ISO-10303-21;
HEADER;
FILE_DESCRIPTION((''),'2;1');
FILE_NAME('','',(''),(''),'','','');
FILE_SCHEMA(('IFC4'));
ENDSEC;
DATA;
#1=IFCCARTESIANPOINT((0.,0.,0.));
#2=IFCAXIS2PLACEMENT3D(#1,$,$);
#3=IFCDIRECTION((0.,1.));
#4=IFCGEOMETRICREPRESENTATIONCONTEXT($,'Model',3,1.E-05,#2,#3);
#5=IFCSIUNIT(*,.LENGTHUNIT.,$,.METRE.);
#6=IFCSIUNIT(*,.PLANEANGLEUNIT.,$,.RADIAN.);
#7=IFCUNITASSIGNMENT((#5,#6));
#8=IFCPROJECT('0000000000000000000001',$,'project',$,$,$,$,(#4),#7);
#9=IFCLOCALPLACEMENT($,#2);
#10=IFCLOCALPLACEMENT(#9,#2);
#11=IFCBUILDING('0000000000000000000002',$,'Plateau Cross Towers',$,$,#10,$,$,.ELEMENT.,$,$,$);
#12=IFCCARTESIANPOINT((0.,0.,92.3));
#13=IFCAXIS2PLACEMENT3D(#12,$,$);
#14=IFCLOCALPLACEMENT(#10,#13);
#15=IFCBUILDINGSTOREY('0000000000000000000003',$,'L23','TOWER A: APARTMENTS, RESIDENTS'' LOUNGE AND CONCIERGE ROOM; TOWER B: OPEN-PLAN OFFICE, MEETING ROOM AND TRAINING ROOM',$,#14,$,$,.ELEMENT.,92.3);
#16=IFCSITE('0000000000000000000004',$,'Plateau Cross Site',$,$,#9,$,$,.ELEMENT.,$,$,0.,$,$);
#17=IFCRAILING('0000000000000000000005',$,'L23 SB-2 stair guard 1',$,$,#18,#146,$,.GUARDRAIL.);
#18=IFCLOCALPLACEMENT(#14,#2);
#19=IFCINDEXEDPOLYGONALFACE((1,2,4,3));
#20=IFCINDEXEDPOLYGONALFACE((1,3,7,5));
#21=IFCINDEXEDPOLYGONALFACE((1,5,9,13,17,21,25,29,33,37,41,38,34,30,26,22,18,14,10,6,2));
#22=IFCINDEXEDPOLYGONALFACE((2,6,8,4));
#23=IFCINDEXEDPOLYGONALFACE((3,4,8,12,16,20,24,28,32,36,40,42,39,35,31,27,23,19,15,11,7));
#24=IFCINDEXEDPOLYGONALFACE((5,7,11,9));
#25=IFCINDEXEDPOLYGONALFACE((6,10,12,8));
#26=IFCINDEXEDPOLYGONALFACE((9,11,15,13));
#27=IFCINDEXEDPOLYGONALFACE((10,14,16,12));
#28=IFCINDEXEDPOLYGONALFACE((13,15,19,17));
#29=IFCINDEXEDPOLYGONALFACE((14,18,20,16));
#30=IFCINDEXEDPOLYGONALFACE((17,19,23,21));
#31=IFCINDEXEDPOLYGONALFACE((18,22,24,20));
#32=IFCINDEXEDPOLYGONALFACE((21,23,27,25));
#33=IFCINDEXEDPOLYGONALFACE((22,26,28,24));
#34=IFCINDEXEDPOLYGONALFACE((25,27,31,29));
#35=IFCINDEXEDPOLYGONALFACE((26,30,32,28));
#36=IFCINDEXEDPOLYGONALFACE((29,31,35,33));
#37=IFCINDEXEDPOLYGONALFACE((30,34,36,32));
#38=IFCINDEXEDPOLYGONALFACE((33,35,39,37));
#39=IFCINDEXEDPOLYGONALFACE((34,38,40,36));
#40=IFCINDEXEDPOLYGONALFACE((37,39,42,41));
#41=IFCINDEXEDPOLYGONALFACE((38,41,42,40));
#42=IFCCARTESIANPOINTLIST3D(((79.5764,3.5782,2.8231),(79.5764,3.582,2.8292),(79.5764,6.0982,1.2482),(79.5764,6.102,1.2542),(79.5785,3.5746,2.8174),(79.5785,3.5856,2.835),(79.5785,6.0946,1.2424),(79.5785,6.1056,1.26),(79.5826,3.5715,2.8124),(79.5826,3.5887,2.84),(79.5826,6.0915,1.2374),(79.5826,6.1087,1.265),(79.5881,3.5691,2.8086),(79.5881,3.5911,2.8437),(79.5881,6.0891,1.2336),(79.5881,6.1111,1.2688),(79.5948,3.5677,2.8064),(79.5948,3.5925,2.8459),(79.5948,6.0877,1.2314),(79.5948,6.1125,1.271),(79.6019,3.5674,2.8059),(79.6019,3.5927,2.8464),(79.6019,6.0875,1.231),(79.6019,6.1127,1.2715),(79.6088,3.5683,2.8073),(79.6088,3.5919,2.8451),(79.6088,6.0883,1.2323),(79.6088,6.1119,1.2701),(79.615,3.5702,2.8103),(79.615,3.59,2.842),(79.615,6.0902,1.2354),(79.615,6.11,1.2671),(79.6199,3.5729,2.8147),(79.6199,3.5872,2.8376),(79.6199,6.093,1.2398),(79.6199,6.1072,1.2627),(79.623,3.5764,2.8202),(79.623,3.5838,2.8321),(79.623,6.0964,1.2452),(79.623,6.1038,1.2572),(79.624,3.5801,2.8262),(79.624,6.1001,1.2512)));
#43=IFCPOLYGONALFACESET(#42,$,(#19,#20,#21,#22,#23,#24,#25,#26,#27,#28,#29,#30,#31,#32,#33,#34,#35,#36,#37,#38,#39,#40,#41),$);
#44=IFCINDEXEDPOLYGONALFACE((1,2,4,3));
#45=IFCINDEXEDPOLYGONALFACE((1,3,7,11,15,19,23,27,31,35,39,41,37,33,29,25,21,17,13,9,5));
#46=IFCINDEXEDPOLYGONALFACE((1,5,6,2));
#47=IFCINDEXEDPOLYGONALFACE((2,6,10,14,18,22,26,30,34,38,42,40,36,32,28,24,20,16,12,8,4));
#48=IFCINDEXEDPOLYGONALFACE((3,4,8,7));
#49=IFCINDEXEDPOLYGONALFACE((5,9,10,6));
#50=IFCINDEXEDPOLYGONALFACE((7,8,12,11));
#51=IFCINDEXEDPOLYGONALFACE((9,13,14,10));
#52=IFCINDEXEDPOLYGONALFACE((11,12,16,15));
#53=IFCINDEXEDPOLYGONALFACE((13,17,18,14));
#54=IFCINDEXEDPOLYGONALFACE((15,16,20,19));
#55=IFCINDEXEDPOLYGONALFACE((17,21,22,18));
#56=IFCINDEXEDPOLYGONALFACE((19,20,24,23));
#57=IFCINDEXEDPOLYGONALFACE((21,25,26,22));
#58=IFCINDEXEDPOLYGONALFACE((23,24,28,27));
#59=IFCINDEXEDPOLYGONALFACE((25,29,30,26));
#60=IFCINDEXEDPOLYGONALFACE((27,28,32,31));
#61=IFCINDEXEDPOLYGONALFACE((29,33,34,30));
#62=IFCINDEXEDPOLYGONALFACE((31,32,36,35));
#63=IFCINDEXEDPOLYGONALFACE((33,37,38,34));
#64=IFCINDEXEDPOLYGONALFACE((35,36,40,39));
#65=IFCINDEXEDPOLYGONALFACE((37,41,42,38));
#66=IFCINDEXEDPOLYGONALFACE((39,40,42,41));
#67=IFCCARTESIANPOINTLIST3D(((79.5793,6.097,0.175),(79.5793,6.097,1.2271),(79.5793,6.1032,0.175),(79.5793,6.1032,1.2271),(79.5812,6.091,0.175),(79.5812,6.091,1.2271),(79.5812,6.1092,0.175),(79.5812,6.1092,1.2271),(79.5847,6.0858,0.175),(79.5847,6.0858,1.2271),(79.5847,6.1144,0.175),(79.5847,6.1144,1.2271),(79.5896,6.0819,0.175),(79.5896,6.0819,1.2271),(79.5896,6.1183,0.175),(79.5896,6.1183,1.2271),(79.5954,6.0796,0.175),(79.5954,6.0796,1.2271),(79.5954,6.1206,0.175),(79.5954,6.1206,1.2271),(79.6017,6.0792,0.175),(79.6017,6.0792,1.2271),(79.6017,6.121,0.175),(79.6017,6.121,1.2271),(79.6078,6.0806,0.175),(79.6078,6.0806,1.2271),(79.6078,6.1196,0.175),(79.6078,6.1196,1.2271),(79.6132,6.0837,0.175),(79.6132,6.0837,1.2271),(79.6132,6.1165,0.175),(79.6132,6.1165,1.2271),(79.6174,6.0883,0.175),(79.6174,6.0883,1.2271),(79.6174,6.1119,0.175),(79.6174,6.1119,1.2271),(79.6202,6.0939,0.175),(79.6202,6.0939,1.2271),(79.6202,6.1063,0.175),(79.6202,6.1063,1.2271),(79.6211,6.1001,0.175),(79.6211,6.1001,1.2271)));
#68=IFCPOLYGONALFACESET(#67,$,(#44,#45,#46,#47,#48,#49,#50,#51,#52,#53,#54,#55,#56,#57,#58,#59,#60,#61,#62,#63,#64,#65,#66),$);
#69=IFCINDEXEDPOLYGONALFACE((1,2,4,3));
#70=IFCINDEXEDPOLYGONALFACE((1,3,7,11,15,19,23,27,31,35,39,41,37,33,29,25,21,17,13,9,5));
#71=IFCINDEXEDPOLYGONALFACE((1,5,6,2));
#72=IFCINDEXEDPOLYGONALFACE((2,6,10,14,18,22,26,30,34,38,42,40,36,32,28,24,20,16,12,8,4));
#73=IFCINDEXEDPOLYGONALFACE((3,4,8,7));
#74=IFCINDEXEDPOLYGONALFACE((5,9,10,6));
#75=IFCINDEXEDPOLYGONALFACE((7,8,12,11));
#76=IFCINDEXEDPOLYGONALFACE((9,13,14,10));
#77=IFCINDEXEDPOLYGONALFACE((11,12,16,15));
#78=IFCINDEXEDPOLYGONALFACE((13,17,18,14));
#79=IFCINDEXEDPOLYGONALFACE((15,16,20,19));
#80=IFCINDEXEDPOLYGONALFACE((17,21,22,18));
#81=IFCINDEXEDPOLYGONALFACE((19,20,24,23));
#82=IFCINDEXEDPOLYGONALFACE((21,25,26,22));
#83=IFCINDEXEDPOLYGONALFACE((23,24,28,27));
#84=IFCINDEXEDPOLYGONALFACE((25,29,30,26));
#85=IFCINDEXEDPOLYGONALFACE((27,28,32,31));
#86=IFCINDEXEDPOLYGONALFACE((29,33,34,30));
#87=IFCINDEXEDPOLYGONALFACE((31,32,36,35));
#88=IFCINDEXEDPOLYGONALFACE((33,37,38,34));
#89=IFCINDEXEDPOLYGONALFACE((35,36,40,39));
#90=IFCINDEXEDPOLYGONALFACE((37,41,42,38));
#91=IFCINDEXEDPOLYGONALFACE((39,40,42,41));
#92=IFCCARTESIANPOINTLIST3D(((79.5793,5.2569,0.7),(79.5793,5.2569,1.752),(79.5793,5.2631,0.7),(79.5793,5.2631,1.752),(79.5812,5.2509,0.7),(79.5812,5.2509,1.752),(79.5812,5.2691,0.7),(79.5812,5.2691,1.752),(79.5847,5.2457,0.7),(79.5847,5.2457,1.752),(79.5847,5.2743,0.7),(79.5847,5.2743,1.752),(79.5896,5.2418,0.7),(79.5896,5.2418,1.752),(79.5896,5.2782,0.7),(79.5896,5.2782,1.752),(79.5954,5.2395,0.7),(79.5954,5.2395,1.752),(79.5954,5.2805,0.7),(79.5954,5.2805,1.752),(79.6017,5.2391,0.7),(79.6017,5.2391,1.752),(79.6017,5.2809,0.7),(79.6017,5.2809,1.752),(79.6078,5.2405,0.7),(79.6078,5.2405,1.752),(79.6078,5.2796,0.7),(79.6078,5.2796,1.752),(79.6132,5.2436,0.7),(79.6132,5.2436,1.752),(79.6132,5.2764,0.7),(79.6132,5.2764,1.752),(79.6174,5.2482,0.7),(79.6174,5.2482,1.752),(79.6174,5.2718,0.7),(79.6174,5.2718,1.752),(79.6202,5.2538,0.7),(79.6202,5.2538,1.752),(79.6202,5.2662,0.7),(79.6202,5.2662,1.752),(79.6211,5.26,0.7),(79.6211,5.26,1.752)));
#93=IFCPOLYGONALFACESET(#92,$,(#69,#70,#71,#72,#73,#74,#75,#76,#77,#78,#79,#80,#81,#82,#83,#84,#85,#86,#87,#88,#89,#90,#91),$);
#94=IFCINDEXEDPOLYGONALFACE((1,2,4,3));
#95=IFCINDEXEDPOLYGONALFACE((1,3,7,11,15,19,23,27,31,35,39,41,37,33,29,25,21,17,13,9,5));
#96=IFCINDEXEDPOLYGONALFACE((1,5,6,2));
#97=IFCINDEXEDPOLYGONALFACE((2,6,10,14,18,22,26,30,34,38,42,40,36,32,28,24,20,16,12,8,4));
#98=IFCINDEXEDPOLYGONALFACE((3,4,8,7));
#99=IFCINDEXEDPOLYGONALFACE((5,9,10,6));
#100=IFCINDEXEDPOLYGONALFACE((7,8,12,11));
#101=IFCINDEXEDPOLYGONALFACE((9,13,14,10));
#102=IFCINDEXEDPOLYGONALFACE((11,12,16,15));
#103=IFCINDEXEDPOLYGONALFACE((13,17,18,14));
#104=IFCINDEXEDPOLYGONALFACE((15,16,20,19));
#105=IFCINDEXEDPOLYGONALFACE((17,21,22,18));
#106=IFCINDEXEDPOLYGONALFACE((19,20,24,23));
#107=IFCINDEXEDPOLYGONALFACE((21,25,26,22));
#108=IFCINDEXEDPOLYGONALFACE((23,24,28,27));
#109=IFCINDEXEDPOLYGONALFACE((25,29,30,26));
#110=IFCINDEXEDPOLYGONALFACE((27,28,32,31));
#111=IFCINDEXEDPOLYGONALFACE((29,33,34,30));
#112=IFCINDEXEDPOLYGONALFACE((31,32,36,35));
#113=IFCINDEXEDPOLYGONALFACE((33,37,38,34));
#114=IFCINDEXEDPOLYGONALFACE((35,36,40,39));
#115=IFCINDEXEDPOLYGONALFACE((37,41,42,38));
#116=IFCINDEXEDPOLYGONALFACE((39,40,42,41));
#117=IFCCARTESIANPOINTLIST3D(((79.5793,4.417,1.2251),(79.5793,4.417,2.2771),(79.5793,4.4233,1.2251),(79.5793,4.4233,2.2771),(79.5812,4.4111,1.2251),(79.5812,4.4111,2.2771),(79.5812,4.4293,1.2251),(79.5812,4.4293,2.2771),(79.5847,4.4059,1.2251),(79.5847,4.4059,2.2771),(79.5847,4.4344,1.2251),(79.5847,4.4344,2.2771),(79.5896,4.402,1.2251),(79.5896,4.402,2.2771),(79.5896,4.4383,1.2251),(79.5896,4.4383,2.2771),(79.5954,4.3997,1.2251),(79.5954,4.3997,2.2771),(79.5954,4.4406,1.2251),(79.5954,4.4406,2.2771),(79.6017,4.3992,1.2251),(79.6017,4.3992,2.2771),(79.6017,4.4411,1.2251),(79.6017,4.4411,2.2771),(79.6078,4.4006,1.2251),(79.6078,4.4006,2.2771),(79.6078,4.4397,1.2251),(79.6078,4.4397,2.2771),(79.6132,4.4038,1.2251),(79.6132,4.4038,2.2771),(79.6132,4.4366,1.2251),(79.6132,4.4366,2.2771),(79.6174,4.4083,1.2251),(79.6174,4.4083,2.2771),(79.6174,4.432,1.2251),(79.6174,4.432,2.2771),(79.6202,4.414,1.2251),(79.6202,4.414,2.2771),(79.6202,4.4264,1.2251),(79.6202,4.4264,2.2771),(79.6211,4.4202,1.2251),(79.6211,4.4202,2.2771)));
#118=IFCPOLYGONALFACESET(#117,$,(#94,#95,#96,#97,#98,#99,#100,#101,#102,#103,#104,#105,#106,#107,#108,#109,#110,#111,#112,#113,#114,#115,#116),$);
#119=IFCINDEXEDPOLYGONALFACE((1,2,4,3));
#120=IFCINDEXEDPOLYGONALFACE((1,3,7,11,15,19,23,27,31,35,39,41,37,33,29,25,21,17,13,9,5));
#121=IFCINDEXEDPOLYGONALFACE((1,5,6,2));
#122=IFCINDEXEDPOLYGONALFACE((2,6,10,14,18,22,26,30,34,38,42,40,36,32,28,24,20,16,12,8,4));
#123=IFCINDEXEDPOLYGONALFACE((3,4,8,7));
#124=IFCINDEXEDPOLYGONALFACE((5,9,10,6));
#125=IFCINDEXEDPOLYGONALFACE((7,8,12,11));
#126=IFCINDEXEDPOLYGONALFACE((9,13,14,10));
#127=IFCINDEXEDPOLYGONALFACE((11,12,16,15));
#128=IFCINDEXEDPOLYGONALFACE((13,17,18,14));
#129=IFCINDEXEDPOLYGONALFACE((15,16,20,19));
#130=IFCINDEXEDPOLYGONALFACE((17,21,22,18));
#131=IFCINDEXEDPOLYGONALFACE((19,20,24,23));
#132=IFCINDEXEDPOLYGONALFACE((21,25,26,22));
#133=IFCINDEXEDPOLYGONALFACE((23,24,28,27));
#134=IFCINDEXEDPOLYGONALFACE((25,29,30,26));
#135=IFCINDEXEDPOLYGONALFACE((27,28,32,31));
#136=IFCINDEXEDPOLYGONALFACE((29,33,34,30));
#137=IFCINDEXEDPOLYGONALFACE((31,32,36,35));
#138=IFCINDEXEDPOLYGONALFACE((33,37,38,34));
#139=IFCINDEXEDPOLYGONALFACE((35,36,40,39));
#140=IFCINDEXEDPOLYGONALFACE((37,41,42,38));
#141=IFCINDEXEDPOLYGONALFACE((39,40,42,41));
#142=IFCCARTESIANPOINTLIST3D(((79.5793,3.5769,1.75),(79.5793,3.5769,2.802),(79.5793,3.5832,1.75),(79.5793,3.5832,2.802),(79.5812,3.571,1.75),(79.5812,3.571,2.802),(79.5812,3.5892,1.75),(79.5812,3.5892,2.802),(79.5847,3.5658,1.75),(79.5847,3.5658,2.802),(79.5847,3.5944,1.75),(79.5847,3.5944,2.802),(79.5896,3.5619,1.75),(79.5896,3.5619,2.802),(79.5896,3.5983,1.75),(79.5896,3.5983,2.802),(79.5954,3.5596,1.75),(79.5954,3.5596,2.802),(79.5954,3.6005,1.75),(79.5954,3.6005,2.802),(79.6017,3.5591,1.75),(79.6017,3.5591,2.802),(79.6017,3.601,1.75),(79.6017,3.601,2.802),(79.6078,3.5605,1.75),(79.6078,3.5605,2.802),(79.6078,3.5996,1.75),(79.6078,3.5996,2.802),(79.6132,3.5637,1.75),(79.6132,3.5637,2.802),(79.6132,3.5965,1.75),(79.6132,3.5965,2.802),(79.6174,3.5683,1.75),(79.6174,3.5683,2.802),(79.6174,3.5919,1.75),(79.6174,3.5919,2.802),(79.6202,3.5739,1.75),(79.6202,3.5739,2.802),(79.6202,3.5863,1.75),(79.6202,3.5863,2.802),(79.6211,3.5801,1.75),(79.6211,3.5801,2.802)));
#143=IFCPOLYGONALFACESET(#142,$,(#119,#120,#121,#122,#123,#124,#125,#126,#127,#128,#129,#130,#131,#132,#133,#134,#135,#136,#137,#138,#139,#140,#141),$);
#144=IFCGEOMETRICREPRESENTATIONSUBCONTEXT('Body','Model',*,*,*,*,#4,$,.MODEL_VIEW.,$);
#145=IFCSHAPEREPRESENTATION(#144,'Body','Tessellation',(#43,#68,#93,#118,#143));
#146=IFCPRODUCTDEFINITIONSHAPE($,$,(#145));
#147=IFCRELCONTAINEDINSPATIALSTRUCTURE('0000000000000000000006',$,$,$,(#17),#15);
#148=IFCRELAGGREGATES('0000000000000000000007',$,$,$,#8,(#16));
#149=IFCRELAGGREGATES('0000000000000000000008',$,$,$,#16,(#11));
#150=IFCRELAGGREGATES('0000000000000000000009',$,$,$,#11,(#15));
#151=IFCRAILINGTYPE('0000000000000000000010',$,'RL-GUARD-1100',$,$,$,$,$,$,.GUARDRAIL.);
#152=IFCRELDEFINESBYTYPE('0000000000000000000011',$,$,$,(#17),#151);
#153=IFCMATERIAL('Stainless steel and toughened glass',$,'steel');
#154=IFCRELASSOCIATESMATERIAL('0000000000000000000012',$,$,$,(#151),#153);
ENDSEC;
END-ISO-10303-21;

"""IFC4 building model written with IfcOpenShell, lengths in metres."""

from ifc_helpers import new_model, si_unit, direction, frame, origin, origin_2d, place, context, subcontext, project, spatial, circle, extrude, material, type_object, element, save


model = new_model("IFC4")

# Units and contexts
model_context = context("Model", 3, precision=1e-05, world=origin(), true_north=direction((0.0, 1.0)))
body_context = subcontext(model_context, "Body", "Model", "MODEL_VIEW")
ifc_project = project(units=[si_unit("LENGTHUNIT", "METRE"), si_unit("PLANEANGLEUNIT", "RADIAN")], contexts=[model_context])

# Site, building, storey
site_placement = place(None, origin())
site = spatial("IfcSite", under=ifc_project, at=site_placement, Name="Plateau Cross Site", CompositionType="ELEMENT", RefElevation=0.0)
building_placement = place(site_placement, origin())
building = spatial("IfcBuilding", under=site, at=building_placement, Name="Plateau Cross Towers", CompositionType="ELEMENT")
storey_placement = place(building_placement, frame((0.0, 0.0, 92.3)))
storey = spatial("IfcBuildingStorey", under=building, at=storey_placement, Name="L23", Description="TOWER A: APARTMENTS, RESIDENTS' LOUNGE AND CONCIERGE ROOM; TOWER B: OPEN-PLAN OFFICE, MEETING ROOM AND TRAINING ROOM", CompositionType="ELEMENT", Elevation=92.3)

# Railing
ifc_material_1 = material(Name="Stainless steel and toughened glass", Category="steel")
railing_type_1 = type_object("IfcRailingType", Name="RL-GUARD-1100", PredefinedType="GUARDRAIL", material=ifc_material_1)
railing_1_placement = place(storey_placement, frame((79.6001, 6.1001, 0.175)))
element("IfcRailing", 1, at=railing_1_placement, inside=storey, type_object=railing_type_1, Name="L23 SB-2 stair guard 1", PredefinedType="GUARDRAIL", context=body_context, shape_type="SweptSolid", body=[
    extrude(circle(Radius=0.0239, at=origin_2d()), frame((0.0, 0.0, 1.0762), z_axis=(0.0, -0.848008, 0.529984), x_axis=(1.0, 0.0, 0.0)), (0.0, 0.0, 1.0), 2.9717),
    extrude(circle(Radius=0.021, at=origin_2d()), origin(), (0.0, 0.0, 1.0), 1.052),
    extrude(circle(Radius=0.021, at=origin_2d()), frame((0.0, -0.8401, 0.5249)), (0.0, 0.0, 1.0), 1.052),
    extrude(circle(Radius=0.021, at=origin_2d()), frame((0.0, -1.6799, 1.05)), (0.0, 0.0, 1.0), 1.052),
    extrude(circle(Radius=0.021, at=origin_2d()), frame((0.0, -2.52, 1.575)), (0.0, 0.0, 1.0), 1.052),
])

save(model, "model.ifc")
